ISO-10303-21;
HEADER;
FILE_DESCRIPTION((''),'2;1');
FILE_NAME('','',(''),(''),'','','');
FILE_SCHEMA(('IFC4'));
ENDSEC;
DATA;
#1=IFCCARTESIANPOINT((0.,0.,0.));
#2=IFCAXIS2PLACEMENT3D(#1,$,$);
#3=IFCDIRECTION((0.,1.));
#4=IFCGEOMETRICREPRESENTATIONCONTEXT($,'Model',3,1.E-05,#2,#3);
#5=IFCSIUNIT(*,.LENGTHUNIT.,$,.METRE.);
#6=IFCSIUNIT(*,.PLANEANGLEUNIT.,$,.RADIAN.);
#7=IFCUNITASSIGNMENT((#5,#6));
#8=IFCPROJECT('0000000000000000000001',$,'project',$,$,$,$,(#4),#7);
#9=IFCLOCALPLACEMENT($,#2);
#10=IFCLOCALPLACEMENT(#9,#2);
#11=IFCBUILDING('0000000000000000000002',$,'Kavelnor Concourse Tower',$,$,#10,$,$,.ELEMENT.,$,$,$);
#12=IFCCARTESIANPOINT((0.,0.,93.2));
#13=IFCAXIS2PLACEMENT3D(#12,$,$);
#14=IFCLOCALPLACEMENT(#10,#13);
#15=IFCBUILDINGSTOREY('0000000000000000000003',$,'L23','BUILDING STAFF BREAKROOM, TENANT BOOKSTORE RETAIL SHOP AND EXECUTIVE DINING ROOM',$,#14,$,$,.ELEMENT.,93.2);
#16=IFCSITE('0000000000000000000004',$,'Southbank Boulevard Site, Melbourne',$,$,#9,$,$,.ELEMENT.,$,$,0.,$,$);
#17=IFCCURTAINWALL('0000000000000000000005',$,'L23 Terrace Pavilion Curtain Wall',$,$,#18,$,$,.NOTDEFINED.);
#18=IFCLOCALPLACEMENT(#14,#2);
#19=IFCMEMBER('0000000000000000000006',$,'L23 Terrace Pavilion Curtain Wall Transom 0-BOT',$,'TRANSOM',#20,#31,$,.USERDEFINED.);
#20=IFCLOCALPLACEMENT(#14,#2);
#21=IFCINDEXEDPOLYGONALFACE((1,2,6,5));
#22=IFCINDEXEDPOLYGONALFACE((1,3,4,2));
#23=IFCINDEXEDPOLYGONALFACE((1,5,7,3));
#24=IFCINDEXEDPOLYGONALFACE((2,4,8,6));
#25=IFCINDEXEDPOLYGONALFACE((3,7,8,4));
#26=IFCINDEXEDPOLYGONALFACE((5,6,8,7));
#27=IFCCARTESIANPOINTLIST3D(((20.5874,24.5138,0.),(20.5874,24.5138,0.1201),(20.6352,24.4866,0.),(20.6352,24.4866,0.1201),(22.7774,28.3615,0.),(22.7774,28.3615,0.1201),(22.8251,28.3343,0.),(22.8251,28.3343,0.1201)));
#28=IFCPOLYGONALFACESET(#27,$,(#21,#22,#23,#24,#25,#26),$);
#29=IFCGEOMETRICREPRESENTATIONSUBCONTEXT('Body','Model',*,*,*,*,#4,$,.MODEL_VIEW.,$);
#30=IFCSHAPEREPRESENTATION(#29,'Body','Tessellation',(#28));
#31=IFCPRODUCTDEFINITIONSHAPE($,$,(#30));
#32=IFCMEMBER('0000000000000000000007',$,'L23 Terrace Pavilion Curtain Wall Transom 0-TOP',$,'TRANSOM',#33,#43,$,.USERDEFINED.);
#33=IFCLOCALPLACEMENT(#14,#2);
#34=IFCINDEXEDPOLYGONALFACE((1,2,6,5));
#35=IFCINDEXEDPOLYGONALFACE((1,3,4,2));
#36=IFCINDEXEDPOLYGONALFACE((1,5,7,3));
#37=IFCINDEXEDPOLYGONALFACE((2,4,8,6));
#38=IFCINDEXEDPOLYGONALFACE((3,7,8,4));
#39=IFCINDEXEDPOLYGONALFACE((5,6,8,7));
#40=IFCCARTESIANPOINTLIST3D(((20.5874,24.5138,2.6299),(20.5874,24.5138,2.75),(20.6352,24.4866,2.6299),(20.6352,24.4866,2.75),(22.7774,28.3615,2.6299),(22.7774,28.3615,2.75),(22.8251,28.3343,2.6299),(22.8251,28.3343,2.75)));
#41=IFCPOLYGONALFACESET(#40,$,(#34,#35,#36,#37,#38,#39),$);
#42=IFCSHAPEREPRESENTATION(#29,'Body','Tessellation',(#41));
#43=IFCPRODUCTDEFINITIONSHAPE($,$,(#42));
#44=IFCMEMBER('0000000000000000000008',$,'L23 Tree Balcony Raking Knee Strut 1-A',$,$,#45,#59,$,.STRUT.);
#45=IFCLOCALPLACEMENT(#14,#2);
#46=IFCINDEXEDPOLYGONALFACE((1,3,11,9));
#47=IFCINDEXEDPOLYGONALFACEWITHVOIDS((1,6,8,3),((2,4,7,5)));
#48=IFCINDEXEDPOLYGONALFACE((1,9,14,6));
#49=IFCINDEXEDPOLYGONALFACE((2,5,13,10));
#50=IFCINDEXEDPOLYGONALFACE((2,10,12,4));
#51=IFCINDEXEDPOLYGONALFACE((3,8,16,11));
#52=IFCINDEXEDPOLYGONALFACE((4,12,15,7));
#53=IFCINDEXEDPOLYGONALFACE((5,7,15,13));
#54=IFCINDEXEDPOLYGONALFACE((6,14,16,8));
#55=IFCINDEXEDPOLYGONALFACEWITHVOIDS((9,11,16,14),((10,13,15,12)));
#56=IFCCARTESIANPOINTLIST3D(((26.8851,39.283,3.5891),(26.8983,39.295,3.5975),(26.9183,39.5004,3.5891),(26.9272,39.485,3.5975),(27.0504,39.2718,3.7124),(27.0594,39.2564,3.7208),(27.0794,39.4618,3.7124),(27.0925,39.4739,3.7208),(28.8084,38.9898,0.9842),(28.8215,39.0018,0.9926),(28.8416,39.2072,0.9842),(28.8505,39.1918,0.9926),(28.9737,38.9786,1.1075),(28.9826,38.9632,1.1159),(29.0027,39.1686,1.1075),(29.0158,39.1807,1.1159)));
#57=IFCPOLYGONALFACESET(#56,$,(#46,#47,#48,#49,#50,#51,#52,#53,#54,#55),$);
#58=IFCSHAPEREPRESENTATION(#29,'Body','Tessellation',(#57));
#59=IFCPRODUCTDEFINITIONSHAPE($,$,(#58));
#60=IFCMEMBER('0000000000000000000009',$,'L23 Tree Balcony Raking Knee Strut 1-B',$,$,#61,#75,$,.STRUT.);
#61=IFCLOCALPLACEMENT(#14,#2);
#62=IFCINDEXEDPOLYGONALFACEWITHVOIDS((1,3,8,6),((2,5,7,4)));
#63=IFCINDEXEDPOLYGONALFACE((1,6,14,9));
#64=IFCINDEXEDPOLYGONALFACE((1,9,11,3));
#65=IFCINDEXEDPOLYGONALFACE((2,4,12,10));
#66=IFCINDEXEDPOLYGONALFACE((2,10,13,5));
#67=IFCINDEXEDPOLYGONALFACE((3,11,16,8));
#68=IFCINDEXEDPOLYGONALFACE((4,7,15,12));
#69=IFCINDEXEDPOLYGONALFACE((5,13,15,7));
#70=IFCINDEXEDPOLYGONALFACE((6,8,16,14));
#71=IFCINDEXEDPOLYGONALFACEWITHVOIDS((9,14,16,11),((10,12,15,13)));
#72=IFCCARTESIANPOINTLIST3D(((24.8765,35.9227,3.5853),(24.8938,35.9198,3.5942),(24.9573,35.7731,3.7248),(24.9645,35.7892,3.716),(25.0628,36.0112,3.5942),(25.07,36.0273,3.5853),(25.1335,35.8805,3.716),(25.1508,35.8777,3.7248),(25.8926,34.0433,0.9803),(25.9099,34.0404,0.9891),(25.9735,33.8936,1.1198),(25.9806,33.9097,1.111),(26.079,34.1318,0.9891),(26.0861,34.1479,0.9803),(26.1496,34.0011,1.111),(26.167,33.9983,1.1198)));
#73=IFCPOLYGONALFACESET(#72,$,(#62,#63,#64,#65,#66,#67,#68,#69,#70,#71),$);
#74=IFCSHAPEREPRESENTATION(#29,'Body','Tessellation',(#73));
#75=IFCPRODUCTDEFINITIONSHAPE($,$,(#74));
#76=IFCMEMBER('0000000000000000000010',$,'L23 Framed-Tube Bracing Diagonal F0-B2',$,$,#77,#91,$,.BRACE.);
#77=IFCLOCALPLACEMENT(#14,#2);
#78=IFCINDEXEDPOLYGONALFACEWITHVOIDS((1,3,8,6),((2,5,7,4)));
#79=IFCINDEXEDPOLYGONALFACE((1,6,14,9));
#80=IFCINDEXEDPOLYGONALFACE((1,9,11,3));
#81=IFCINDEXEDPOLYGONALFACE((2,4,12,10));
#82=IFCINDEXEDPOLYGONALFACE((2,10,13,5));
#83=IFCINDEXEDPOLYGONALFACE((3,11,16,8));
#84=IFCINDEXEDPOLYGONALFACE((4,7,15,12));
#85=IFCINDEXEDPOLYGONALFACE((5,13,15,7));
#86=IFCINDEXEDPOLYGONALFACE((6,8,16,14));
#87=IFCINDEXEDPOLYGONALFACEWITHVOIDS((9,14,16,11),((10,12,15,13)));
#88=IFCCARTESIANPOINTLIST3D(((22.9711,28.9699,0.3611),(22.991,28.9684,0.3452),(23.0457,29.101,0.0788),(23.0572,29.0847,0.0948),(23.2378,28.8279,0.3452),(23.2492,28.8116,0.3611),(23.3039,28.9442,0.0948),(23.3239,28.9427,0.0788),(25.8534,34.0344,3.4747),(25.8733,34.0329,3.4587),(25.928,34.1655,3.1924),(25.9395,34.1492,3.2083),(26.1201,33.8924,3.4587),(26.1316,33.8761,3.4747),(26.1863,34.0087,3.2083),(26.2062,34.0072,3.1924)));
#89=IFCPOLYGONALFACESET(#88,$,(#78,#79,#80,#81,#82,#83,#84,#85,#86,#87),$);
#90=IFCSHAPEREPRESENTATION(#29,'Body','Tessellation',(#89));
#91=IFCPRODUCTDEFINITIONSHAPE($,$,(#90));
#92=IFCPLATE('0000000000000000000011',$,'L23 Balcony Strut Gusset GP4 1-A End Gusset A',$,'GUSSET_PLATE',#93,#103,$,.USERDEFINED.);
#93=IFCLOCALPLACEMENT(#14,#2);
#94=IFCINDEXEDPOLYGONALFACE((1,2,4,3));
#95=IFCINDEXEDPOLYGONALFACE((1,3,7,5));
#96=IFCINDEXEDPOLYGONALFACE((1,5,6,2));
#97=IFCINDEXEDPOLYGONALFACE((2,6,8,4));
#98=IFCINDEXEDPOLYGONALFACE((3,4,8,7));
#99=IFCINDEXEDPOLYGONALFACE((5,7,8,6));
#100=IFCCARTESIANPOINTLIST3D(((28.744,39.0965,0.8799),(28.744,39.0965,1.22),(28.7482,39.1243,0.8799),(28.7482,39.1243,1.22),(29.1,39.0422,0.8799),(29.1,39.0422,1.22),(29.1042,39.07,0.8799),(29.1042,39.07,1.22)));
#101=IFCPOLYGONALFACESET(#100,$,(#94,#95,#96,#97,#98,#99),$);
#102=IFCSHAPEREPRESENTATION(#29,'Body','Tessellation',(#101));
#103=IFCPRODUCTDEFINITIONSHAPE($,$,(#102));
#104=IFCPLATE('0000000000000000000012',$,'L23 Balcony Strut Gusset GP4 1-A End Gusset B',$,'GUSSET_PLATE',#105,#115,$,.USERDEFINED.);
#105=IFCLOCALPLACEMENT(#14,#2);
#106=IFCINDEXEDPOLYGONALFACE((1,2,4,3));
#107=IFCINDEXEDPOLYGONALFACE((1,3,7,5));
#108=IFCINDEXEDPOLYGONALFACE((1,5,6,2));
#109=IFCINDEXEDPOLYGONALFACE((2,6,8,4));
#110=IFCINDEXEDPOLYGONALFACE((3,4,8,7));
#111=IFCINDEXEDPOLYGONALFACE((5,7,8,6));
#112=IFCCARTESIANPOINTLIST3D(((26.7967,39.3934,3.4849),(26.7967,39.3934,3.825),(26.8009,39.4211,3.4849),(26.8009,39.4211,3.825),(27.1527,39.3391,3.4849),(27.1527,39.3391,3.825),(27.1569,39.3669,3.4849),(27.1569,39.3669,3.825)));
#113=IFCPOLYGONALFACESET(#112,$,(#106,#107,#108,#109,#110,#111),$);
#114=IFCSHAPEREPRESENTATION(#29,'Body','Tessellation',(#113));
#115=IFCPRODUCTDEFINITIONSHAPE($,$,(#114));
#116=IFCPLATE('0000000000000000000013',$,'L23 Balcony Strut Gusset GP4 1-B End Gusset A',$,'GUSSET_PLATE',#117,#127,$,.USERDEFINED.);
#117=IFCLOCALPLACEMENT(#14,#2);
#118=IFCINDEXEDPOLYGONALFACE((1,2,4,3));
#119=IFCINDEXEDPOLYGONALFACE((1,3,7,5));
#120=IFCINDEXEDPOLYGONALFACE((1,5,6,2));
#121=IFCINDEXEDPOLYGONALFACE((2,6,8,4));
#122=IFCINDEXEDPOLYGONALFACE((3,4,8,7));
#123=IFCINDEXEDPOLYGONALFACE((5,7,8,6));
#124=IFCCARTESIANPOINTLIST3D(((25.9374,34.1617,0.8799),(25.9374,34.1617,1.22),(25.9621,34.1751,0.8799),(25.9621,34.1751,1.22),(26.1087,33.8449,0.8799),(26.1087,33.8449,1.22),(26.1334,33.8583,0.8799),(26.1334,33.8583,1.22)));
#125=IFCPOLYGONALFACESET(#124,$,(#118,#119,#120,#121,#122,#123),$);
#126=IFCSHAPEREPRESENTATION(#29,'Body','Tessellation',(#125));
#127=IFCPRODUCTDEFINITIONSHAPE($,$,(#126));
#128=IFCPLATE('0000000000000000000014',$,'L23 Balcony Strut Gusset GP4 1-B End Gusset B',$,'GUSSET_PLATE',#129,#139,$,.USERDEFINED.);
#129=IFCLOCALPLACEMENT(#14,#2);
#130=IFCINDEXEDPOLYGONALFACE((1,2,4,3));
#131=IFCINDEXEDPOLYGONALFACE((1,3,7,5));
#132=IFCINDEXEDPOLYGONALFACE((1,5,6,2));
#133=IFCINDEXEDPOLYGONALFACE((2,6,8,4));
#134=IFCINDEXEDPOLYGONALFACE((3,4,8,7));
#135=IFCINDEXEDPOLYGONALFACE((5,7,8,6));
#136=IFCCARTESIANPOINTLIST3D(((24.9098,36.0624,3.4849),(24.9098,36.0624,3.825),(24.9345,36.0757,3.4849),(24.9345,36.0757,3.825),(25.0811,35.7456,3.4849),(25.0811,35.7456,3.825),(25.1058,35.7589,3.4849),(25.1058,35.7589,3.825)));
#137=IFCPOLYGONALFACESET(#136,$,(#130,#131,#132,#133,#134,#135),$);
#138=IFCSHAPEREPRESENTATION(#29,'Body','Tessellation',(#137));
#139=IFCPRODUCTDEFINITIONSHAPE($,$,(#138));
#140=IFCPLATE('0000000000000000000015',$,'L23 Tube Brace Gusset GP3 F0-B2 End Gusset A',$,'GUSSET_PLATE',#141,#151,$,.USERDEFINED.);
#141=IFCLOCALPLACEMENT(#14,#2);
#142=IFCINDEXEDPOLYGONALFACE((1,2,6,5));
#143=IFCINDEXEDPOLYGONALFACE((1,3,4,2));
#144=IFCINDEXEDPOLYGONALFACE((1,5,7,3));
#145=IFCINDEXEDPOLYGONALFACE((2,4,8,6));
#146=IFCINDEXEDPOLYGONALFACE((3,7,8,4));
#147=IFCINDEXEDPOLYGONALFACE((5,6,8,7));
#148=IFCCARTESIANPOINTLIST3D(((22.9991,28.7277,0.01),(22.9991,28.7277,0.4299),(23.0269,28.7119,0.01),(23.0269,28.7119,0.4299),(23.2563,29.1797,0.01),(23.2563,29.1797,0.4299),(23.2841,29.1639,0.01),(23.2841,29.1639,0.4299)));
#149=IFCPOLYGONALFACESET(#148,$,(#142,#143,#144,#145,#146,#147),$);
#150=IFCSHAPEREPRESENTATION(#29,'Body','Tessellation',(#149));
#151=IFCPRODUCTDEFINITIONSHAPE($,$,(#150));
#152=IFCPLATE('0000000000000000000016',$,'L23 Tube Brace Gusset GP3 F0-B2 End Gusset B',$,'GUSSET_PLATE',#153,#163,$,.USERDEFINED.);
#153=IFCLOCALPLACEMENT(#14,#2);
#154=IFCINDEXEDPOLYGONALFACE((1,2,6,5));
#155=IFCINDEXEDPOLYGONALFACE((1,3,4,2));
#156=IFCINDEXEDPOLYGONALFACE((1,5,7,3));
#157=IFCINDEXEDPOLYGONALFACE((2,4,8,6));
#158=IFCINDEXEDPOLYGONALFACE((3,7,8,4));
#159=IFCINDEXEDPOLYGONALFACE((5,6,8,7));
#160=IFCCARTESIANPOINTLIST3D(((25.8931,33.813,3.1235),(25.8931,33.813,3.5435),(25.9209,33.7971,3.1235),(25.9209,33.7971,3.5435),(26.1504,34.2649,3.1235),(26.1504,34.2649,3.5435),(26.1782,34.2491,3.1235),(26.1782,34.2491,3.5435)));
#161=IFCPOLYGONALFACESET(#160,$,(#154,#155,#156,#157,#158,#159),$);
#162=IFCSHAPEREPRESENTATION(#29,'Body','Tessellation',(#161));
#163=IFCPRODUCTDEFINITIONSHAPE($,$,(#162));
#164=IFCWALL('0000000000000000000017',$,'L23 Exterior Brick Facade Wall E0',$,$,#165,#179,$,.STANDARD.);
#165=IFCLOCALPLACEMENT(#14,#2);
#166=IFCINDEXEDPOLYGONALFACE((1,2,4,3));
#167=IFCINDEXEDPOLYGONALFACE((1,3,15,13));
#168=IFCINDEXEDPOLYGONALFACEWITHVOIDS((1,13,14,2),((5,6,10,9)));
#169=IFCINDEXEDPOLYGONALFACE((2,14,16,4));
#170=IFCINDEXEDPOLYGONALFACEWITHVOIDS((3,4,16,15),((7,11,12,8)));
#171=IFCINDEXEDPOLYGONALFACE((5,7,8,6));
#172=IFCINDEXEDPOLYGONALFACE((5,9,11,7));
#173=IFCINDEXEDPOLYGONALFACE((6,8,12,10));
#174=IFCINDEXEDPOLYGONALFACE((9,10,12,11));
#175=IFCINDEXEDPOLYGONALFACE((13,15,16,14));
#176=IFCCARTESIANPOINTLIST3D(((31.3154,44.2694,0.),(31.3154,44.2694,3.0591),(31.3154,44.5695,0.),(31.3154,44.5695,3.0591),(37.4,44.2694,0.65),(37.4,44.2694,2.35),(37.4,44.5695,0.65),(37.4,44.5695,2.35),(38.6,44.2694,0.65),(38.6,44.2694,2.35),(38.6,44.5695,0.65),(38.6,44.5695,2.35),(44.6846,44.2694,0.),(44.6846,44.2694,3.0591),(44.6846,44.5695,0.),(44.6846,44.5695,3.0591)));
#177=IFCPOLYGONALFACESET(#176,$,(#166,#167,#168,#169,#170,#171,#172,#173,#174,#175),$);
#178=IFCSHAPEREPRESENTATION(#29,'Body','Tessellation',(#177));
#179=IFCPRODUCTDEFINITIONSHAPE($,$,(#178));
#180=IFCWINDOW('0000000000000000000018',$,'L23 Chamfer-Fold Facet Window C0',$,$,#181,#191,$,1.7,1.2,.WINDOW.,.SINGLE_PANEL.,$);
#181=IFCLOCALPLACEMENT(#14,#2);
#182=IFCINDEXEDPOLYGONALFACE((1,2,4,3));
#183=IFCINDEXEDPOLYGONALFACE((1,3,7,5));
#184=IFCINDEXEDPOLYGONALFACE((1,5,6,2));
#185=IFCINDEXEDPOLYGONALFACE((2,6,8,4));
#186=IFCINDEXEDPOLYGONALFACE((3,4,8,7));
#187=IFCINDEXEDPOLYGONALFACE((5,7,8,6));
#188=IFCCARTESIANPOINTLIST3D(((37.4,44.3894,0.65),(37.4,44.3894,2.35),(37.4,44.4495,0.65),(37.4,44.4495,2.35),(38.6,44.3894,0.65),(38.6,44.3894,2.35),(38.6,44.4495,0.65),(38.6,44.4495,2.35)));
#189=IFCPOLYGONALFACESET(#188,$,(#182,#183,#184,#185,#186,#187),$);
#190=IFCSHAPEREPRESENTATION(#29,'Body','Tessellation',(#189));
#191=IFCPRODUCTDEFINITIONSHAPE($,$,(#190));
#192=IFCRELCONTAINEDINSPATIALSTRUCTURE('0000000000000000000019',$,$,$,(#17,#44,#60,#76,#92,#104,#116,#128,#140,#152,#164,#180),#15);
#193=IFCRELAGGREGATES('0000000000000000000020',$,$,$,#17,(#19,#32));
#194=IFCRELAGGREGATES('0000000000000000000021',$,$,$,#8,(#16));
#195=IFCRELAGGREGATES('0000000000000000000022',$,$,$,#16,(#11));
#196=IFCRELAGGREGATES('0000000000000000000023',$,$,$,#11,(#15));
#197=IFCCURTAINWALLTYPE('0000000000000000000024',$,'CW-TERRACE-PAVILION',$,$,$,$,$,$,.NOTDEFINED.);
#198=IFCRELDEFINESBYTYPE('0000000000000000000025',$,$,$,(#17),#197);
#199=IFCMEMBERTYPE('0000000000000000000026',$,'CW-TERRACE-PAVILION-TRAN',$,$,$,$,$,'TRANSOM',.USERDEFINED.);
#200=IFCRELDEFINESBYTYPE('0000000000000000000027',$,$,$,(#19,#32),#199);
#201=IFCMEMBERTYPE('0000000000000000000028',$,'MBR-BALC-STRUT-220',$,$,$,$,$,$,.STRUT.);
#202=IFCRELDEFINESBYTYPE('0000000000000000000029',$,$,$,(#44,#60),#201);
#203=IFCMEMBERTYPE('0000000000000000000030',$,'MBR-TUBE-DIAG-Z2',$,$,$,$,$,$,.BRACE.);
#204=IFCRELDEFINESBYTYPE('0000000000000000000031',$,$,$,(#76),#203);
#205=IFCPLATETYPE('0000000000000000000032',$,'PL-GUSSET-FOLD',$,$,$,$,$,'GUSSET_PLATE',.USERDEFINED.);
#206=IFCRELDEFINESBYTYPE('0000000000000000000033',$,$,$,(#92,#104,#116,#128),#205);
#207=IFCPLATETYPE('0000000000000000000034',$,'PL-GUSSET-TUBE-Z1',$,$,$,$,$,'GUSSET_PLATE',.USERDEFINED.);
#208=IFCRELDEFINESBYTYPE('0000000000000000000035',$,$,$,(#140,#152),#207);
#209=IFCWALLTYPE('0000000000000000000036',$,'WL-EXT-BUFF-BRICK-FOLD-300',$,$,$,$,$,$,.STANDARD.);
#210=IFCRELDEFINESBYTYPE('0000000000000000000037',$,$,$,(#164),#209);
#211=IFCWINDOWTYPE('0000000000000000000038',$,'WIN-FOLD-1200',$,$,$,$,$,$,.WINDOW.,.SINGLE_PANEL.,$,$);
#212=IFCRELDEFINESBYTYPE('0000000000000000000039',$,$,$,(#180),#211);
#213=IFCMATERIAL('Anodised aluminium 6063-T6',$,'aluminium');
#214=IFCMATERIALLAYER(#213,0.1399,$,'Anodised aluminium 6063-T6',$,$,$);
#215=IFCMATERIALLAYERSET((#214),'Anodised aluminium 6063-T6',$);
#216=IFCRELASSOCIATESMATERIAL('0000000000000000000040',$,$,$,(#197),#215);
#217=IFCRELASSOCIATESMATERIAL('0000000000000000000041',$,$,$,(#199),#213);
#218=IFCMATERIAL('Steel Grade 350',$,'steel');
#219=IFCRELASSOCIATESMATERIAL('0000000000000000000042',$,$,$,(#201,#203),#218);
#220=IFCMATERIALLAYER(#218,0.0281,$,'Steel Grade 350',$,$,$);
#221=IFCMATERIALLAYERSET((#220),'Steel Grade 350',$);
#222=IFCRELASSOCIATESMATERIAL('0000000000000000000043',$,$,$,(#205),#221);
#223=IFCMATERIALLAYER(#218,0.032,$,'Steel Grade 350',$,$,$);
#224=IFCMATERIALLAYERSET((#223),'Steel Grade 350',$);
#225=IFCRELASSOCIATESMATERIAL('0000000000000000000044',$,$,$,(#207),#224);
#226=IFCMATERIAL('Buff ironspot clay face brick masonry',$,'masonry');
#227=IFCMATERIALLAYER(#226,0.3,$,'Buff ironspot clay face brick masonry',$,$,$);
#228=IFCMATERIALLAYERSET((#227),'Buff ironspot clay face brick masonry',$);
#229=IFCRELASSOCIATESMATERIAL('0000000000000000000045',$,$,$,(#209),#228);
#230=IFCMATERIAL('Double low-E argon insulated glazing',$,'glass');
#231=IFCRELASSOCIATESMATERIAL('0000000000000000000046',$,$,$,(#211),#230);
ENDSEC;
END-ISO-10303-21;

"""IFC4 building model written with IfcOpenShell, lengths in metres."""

from ifc_helpers import new_model, si_unit, direction, frame, frame_2d, origin, origin_2d, place, context, subcontext, project, spatial, rectangle, hollow_rectangle, extrude, material, layer, layer_set, material_profile, profile_set, type_object, element, fill, aggregate, save


model = new_model("IFC4")

# Units and contexts
model_context = context("Model", 3, precision=1e-05, world=origin(), true_north=direction((0.0, 1.0)))
body_context = subcontext(model_context, "Body", "Model", "MODEL_VIEW")
ifc_project = project(units=[si_unit("LENGTHUNIT", "METRE"), si_unit("PLANEANGLEUNIT", "RADIAN")], contexts=[model_context])

# Site, building, storey
site_placement = place(None, origin())
site = spatial("IfcSite", under=ifc_project, at=site_placement, Name="Southbank Boulevard Site, Melbourne", CompositionType="ELEMENT", RefElevation=0.0)
building_placement = place(site_placement, origin())
building = spatial("IfcBuilding", under=site, at=building_placement, Name="Kavelnor Concourse Tower", CompositionType="ELEMENT")
storey_placement = place(building_placement, frame((0.0, 0.0, 93.2)))
storey = spatial("IfcBuildingStorey", under=building, at=storey_placement, Name="L23", Description="BUILDING STAFF BREAKROOM, TENANT BOOKSTORE RETAIL SHOP AND EXECUTIVE DINING ROOM", CompositionType="ELEMENT", Elevation=93.2)

# Shared definitions
ifc_material_1 = material(Name="Steel Grade 350", Category="steel")

# Curtain wall, members
ifc_material_2 = material(Name="Anodised aluminium 6063-T6", Category="aluminium")
ifc_layer_1 = layer(ifc_material_2, 0.1399, Name="Anodised aluminium 6063-T6")
ifc_layer_set_1 = layer_set([ifc_layer_1], Name="Anodised aluminium 6063-T6")
curtain_wall_type = type_object("IfcCurtainWallType", Name="CW-TERRACE-PAVILION", PredefinedType="NOTDEFINED", material=ifc_layer_set_1)
curtain_wall_placement = place(storey_placement, origin())
curtain_wall = element("IfcCurtainWall", 1, at=curtain_wall_placement, inside=storey, type_object=curtain_wall_type, Name="L23 Terrace Pavilion Curtain Wall", PredefinedType="NOTDEFINED")
ifc_material_profile_1 = material_profile(ifc_material_2, rectangle(XDim=0.0549, YDim=0.1201, at=origin_2d()), Name="AL-TRAN 55x120")
ifc_profile_set_1 = profile_set([ifc_material_profile_1], Name="Anodised aluminium 6063-T6")
member_type_1 = type_object("IfcMemberType", Name="CW-TERRACE-PAVILION-TRAN", ElementType="TRANSOM", PredefinedType="USERDEFINED", material=ifc_profile_set_1)
member_1_placement = place(storey_placement, frame((22.8013, 28.3479, 0.0601), z_axis=(-0.494654, -0.86909, 0.0), x_axis=(0.86909, -0.494654, 0.0)))
member_1 = element("IfcMember", 2, at=member_1_placement, type_object=member_type_1, Name="L23 Terrace Pavilion Curtain Wall Transom 0-BOT", ObjectType="TRANSOM", PredefinedType="USERDEFINED", context=body_context, shape_type="SweptSolid", body=[
    extrude(rectangle(XDim=0.0549, YDim=0.1201, at=origin_2d()), origin(), (0.0, 0.0, 1.0), 4.4272),
])
member_2_placement = place(storey_placement, frame((22.8013, 28.3479, 2.6899), z_axis=(-0.494654, -0.86909, 0.0), x_axis=(0.86909, -0.494654, 0.0)))
member_2 = element("IfcMember", 3, at=member_2_placement, type_object=member_type_1, Name="L23 Terrace Pavilion Curtain Wall Transom 0-TOP", ObjectType="TRANSOM", PredefinedType="USERDEFINED", context=body_context, shape_type="SweptSolid", body=[
    extrude(rectangle(XDim=0.0549, YDim=0.1201, at=origin_2d()), origin(), (0.0, 0.0, 1.0), 4.4272),
])
aggregate(curtain_wall, [member_1, member_2])

# Members
ifc_material_profile_2 = material_profile(ifc_material_1, hollow_rectangle(XDim=0.22, YDim=0.22, WallThickness=0.0139, at=origin_2d()), Name="SHS 220x220x14")
ifc_profile_set_2 = profile_set([ifc_material_profile_2], Name="Steel Grade 350")
member_type_2 = type_object("IfcMemberType", Name="MBR-BALC-STRUT-220", PredefinedType="STRUT", material=ifc_profile_set_2)
member_3_placement = place(storey_placement, frame((28.9121, 39.0852, 1.05), z_axis=(-0.591555, 0.090183, 0.801205), x_axis=(-0.150709, -0.988578, 0.0)))
element("IfcMember", 4, at=member_3_placement, inside=storey, type_object=member_type_2, Name="L23 Tree Balcony Raking Knee Strut 1-A", PredefinedType="STRUT", context=body_context, shape_type="SweptSolid", body=[
    extrude(hollow_rectangle(XDim=0.22, YDim=0.22, WallThickness=0.0139, at=origin_2d()), origin(), (0.0, 0.0, 1.0), 3.2512),
])
member_4_placement = place(storey_placement, frame((26.0298, 34.0208, 1.05), z_axis=(-0.301602, 0.55784, 0.773208), x_axis=(-0.879663, -0.475598, 0.0)))
element("IfcMember", 5, at=member_4_placement, inside=storey, type_object=member_type_2, Name="L23 Tree Balcony Raking Knee Strut 1-B", PredefinedType="STRUT", context=body_context, shape_type="SweptSolid", body=[
    extrude(hollow_rectangle(XDim=0.22, YDim=0.22, WallThickness=0.0139, at=origin_2d()), origin(), (0.0, 0.0, 1.0), 3.3691),
])
ifc_material_profile_3 = material_profile(ifc_material_1, hollow_rectangle(XDim=0.3201, YDim=0.3201, WallThickness=0.0181, at=origin_2d()), Name="SHS 320x320x18")
ifc_profile_set_3 = profile_set([ifc_material_profile_3], Name="Steel Grade 350")
member_type_3 = type_object("IfcMemberType", Name="MBR-TUBE-DIAG-Z2", PredefinedType="BRACE", material=ifc_profile_set_3)
member_5_placement = place(storey_placement, frame((23.1475, 28.9563, 0.22), z_axis=(0.436263, 0.766545, 0.471257), x_axis=(-0.869103, 0.494631, 0.0)))
element("IfcMember", 6, at=member_5_placement, inside=storey, type_object=member_type_3, Name="L23 Framed-Tube Bracing Diagonal F0-B2", PredefinedType="BRACE", context=body_context, shape_type="SweptSolid", body=[
    extrude(hollow_rectangle(XDim=0.3201, YDim=0.3201, WallThickness=0.0181, at=origin_2d()), origin(), (0.0, 0.0, 1.0), 6.6069),
])

# Plates
ifc_layer_2 = layer(ifc_material_1, 0.0281, Name="Steel Grade 350")
ifc_layer_set_2 = layer_set([ifc_layer_2], Name="Steel Grade 350")
plate_type_1 = type_object("IfcPlateType", Name="PL-GUSSET-FOLD", ElementType="GUSSET_PLATE", PredefinedType="USERDEFINED", material=ifc_layer_set_2)
for number, where, z_axis, x_axis, name in (
    (7, (28.9241, 39.0833, 0.8799), (0.0, 0.0, 1.0), (-0.988573, 0.150743, 0.0), "L23 Balcony Strut Gusset GP4 1-A End Gusset A"),
    (8, (26.9768, 39.3801, 3.4849), (0.0, 0.0, 1.0), (-0.988573, 0.150743, 0.0), "L23 Balcony Strut Gusset GP4 1-A End Gusset B"),
    (9, (26.0354, 34.01, 0.8799), (0.0, 0.0, 1.0), (-0.475624, 0.879649, 0.0), "L23 Balcony Strut Gusset GP4 1-B End Gusset A"),
    (10, (25.0078, 35.9106, 3.4849), (0.0, 0.0, 1.0), (-0.475624, 0.879649, 0.0), "L23 Balcony Strut Gusset GP4 1-B End Gusset B"),
):
    element("IfcPlate", number, at=place(storey_placement, frame(where, z_axis=z_axis, x_axis=x_axis)), inside=storey, type_object=plate_type_1, Name=name, ObjectType="GUSSET_PLATE", PredefinedType="USERDEFINED", context=body_context, shape_type="SweptSolid", body=[
        extrude(rectangle(XDim=0.3601, YDim=0.0281, at=origin_2d()), origin(), (0.0, 0.0, 1.0), 0.3401),
    ])
ifc_layer_3 = layer(ifc_material_1, 0.032, Name="Steel Grade 350")
ifc_layer_set_3 = layer_set([ifc_layer_3], Name="Steel Grade 350")
plate_type_2 = type_object("IfcPlateType", Name="PL-GUSSET-TUBE-Z1", ElementType="GUSSET_PLATE", PredefinedType="USERDEFINED", material=ifc_layer_set_3)
for number, where, z_axis, x_axis, name in (
    (11, (23.1416, 28.9458, 0.01), (0.0, 0.0, 1.0), (0.4947, 0.869064, 0.0), "L23 Tube Brace Gusset GP3 F0-B2 End Gusset A"),
    (12, (26.0356, 34.031, 3.1235), (0.0, 0.0, 1.0), (0.4947, 0.869064, 0.0), "L23 Tube Brace Gusset GP3 F0-B2 End Gusset B"),
):
    element("IfcPlate", number, at=place(storey_placement, frame(where, z_axis=z_axis, x_axis=x_axis)), inside=storey, type_object=plate_type_2, Name=name, ObjectType="GUSSET_PLATE", PredefinedType="USERDEFINED", context=body_context, shape_type="SweptSolid", body=[
        extrude(rectangle(XDim=0.52, YDim=0.032, at=origin_2d()), origin(), (0.0, 0.0, 1.0), 0.4199),
    ])

# Wall, opening, window
ifc_material_3 = material(Name="Buff ironspot clay face brick masonry", Category="masonry")
ifc_layer_4 = layer(ifc_material_3, 0.3, Name="Buff ironspot clay face brick masonry")
ifc_layer_set_4 = layer_set([ifc_layer_4], Name="Buff ironspot clay face brick masonry")
wall_type_1 = type_object("IfcWallType", Name="WL-EXT-BUFF-BRICK-FOLD-300", PredefinedType="STANDARD", material=ifc_layer_set_4)
wall_1_placement = place(storey_placement, frame((31.3154, 44.4194, 0.0), z_axis=(0.0, 0.0, 1.0), x_axis=(1.0, 0.0, 0.0)))
wall_1 = element("IfcWall", 13, at=wall_1_placement, inside=storey, type_object=wall_type_1, Name="L23 Exterior Brick Facade Wall E0", PredefinedType="STANDARD", context=body_context, shape_type="SweptSolid", body=[
    extrude(rectangle(XDim=13.3691, YDim=0.3, at=frame_2d((6.6846, 0.0))), origin(), (0.0, 0.0, 1.0), 3.0591),
])
opening_1_placement = place(wall_1_placement, frame((6.0845, 0.0, 0.6499)))
opening_1 = element("IfcOpeningElement", 14, at=opening_1_placement, cuts=wall_1, PredefinedType="OPENING", context=body_context, shape_type="SweptSolid", body=[
    extrude(rectangle(XDim=1.2, YDim=1.7, at=frame_2d((0.6001, 0.8501))), frame((0.0, 0.1602, 0.0), z_axis=(0.0, -1.0, 0.0), x_axis=(1.0, 0.0, 0.0)), (0.0, 0.0, 1.0), 0.3201),
])
ifc_material_4 = material(Name="Double low-E argon insulated glazing", Category="glass")
window_type = type_object("IfcWindowType", Name="WIN-FOLD-1200", PartitioningType="SINGLE_PANEL", PredefinedType="WINDOW", material=ifc_material_4)
window_placement = place(opening_1_placement, origin())
window = element("IfcWindow", 15, at=window_placement, inside=storey, type_object=window_type, Name="L23 Chamfer-Fold Facet Window C0", OverallHeight=1.7, OverallWidth=1.2, PartitioningType="SINGLE_PANEL", PredefinedType="WINDOW", context=body_context, shape_type="SweptSolid", body=[
    extrude(rectangle(XDim=1.2, YDim=1.7, at=frame_2d((0.6001, 0.8501))), frame((0.0, 0.03, 0.0), z_axis=(0.0, -1.0, 0.0), x_axis=(1.0, 0.0, 0.0)), (0.0, 0.0, 1.0), 0.0601),
])
fill(opening_1, window)

save(model, "model.ifc")
